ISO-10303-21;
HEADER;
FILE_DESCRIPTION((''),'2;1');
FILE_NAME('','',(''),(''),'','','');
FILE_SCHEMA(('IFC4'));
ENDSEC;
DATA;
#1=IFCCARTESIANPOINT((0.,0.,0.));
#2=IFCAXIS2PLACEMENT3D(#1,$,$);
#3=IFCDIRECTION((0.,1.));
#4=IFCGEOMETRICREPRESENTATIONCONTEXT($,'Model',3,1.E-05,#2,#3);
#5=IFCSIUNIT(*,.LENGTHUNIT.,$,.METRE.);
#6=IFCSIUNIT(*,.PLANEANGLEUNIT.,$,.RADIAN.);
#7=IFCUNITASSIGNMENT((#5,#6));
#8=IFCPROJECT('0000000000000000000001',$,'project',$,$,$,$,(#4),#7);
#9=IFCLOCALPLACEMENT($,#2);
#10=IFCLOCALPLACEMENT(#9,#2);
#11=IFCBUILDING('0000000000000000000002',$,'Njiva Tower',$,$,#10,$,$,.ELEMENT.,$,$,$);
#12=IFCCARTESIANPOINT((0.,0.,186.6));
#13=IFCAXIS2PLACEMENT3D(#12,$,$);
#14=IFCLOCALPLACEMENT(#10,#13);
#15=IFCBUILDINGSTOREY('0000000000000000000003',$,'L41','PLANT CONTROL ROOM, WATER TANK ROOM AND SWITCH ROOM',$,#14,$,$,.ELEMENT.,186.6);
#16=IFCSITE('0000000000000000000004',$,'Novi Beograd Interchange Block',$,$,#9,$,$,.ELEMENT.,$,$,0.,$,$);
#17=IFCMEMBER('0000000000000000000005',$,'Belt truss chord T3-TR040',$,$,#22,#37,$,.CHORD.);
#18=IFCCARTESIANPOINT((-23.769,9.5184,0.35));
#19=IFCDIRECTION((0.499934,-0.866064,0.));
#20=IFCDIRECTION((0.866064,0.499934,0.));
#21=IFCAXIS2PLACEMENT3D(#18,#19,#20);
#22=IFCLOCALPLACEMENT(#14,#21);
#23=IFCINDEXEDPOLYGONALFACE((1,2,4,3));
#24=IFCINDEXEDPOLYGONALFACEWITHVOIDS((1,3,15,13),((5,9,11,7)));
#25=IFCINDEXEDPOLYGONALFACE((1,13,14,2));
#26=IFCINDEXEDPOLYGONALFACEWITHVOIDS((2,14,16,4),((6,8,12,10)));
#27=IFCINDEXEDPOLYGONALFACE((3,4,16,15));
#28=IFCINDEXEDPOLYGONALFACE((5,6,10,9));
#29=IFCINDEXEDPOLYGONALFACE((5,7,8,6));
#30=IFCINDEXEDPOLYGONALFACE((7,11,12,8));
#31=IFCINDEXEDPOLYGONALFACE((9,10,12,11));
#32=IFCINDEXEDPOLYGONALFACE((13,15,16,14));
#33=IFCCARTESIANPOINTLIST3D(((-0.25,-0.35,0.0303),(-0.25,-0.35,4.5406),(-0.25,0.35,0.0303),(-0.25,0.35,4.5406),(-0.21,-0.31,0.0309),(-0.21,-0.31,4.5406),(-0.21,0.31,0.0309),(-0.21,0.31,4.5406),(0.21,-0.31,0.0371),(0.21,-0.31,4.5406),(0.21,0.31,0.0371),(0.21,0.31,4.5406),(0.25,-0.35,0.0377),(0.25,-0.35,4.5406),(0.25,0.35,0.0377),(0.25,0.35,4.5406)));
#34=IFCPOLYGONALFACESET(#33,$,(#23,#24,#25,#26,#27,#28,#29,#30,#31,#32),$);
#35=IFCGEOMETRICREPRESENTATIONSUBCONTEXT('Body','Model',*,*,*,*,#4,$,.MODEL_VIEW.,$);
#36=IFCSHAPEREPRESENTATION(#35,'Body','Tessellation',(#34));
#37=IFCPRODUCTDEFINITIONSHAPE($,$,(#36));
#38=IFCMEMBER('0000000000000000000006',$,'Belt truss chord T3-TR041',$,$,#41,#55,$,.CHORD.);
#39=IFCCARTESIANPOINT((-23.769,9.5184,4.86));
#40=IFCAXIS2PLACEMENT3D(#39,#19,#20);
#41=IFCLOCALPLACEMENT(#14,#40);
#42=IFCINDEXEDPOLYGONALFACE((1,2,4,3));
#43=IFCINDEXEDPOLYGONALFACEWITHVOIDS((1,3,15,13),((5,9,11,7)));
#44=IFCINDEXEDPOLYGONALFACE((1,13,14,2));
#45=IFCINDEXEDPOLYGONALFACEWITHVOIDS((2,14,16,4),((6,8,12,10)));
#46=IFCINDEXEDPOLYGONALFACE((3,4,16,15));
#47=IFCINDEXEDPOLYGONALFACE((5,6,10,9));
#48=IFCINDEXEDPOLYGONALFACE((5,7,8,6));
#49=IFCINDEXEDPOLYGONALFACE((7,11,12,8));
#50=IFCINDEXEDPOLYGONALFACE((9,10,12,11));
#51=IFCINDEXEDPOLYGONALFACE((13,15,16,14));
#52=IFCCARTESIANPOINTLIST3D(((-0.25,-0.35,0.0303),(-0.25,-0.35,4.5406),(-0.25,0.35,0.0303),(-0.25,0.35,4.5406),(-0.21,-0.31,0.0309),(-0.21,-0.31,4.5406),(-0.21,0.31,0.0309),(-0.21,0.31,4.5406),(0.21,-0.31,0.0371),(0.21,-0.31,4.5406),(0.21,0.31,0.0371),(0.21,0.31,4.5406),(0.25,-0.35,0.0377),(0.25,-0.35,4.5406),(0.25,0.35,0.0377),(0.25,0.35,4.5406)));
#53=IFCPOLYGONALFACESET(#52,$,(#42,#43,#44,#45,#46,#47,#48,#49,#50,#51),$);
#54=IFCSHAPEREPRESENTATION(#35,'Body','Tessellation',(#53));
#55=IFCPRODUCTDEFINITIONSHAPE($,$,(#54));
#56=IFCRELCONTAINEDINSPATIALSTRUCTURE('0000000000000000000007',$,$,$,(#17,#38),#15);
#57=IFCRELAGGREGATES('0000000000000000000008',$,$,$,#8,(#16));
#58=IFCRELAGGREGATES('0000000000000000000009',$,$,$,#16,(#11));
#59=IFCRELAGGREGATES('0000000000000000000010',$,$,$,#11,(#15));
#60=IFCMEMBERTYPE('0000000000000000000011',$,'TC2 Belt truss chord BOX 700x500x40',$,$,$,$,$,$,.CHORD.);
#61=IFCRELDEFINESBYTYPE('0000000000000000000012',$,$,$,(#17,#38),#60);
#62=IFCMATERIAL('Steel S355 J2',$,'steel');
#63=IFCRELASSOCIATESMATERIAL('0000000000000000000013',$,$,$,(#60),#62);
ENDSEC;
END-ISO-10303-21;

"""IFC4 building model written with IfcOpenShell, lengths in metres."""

from ifc_helpers import new_model, si_unit, direction, frame, origin, origin_2d, place, context, subcontext, project, spatial, hollow_rectangle, extrude, clip, halfspace, material, material_profile, profile_set, type_object, element, save


model = new_model("IFC4")

# Units and contexts
model_context = context("Model", 3, precision=1e-05, world=origin(), true_north=direction((0.0, 1.0)))
body_context = subcontext(model_context, "Body", "Model", "MODEL_VIEW")
ifc_project = project(units=[si_unit("LENGTHUNIT", "METRE"), si_unit("PLANEANGLEUNIT", "RADIAN")], contexts=[model_context])

# Site, building, storey
site_placement = place(None, origin())
site = spatial("IfcSite", under=ifc_project, at=site_placement, Name="Novi Beograd Interchange Block", CompositionType="ELEMENT", RefElevation=0.0)
building_placement = place(site_placement, origin())
building = spatial("IfcBuilding", under=site, at=building_placement, Name="Njiva Tower", CompositionType="ELEMENT")
storey_placement = place(building_placement, frame((0.0, 0.0, 186.6)))
storey = spatial("IfcBuildingStorey", under=building, at=storey_placement, Name="L41", Description="PLANT CONTROL ROOM, WATER TANK ROOM AND SWITCH ROOM", CompositionType="ELEMENT", Elevation=186.6)

# Shared definitions
ifc_material_1 = material(Name="Steel S355 J2", Category="steel")

# Members
ifc_material_profile_1 = material_profile(ifc_material_1, hollow_rectangle(XDim=0.5, YDim=0.7, WallThickness=0.04, at=origin_2d()), Name="BOX 700x500x40")
ifc_profile_set_1 = profile_set([ifc_material_profile_1], Name="Steel S355 J2")
member_type_1 = type_object("IfcMemberType", Name="TC2 Belt truss chord BOX 700x500x40", PredefinedType="CHORD", material=ifc_profile_set_1)
member_1_placement = place(storey_placement, frame((-23.769, 9.5184, 0.35), z_axis=(0.499934, -0.866064, 0.0), x_axis=(0.866064, 0.499934, 0.0)))
element("IfcMember", 1, at=member_1_placement, inside=storey, type_object=member_type_1, Name="Belt truss chord T3-TR040", PredefinedType="CHORD", context=body_context, shape_type="Clipping", body=[
    clip(extrude(hollow_rectangle(XDim=0.5, YDim=0.7, WallThickness=0.04, at=origin_2d()), origin(), (0.0, 0.0, 1.0), 4.5406), halfspace(frame((0.0, -186.95, 0.034), z_axis=(0.014905, 0.0, -0.999889), x_axis=(0.0, -1.0, 0.0)), False)),
])
member_2_placement = place(storey_placement, frame((-23.769, 9.5184, 4.86), z_axis=(0.499934, -0.866064, 0.0), x_axis=(0.866064, 0.499934, 0.0)))
element("IfcMember", 2, at=member_2_placement, inside=storey, type_object=member_type_1, Name="Belt truss chord T3-TR041", PredefinedType="CHORD", context=body_context, shape_type="Clipping", body=[
    clip(extrude(hollow_rectangle(XDim=0.5, YDim=0.7, WallThickness=0.04, at=origin_2d()), origin(), (0.0, 0.0, 1.0), 4.5406), halfspace(frame((0.0, -191.46, 0.034), z_axis=(0.014905, 0.0, -0.999889), x_axis=(0.0, -1.0, 0.0)), False)),
])

save(model, "model.ifc")
